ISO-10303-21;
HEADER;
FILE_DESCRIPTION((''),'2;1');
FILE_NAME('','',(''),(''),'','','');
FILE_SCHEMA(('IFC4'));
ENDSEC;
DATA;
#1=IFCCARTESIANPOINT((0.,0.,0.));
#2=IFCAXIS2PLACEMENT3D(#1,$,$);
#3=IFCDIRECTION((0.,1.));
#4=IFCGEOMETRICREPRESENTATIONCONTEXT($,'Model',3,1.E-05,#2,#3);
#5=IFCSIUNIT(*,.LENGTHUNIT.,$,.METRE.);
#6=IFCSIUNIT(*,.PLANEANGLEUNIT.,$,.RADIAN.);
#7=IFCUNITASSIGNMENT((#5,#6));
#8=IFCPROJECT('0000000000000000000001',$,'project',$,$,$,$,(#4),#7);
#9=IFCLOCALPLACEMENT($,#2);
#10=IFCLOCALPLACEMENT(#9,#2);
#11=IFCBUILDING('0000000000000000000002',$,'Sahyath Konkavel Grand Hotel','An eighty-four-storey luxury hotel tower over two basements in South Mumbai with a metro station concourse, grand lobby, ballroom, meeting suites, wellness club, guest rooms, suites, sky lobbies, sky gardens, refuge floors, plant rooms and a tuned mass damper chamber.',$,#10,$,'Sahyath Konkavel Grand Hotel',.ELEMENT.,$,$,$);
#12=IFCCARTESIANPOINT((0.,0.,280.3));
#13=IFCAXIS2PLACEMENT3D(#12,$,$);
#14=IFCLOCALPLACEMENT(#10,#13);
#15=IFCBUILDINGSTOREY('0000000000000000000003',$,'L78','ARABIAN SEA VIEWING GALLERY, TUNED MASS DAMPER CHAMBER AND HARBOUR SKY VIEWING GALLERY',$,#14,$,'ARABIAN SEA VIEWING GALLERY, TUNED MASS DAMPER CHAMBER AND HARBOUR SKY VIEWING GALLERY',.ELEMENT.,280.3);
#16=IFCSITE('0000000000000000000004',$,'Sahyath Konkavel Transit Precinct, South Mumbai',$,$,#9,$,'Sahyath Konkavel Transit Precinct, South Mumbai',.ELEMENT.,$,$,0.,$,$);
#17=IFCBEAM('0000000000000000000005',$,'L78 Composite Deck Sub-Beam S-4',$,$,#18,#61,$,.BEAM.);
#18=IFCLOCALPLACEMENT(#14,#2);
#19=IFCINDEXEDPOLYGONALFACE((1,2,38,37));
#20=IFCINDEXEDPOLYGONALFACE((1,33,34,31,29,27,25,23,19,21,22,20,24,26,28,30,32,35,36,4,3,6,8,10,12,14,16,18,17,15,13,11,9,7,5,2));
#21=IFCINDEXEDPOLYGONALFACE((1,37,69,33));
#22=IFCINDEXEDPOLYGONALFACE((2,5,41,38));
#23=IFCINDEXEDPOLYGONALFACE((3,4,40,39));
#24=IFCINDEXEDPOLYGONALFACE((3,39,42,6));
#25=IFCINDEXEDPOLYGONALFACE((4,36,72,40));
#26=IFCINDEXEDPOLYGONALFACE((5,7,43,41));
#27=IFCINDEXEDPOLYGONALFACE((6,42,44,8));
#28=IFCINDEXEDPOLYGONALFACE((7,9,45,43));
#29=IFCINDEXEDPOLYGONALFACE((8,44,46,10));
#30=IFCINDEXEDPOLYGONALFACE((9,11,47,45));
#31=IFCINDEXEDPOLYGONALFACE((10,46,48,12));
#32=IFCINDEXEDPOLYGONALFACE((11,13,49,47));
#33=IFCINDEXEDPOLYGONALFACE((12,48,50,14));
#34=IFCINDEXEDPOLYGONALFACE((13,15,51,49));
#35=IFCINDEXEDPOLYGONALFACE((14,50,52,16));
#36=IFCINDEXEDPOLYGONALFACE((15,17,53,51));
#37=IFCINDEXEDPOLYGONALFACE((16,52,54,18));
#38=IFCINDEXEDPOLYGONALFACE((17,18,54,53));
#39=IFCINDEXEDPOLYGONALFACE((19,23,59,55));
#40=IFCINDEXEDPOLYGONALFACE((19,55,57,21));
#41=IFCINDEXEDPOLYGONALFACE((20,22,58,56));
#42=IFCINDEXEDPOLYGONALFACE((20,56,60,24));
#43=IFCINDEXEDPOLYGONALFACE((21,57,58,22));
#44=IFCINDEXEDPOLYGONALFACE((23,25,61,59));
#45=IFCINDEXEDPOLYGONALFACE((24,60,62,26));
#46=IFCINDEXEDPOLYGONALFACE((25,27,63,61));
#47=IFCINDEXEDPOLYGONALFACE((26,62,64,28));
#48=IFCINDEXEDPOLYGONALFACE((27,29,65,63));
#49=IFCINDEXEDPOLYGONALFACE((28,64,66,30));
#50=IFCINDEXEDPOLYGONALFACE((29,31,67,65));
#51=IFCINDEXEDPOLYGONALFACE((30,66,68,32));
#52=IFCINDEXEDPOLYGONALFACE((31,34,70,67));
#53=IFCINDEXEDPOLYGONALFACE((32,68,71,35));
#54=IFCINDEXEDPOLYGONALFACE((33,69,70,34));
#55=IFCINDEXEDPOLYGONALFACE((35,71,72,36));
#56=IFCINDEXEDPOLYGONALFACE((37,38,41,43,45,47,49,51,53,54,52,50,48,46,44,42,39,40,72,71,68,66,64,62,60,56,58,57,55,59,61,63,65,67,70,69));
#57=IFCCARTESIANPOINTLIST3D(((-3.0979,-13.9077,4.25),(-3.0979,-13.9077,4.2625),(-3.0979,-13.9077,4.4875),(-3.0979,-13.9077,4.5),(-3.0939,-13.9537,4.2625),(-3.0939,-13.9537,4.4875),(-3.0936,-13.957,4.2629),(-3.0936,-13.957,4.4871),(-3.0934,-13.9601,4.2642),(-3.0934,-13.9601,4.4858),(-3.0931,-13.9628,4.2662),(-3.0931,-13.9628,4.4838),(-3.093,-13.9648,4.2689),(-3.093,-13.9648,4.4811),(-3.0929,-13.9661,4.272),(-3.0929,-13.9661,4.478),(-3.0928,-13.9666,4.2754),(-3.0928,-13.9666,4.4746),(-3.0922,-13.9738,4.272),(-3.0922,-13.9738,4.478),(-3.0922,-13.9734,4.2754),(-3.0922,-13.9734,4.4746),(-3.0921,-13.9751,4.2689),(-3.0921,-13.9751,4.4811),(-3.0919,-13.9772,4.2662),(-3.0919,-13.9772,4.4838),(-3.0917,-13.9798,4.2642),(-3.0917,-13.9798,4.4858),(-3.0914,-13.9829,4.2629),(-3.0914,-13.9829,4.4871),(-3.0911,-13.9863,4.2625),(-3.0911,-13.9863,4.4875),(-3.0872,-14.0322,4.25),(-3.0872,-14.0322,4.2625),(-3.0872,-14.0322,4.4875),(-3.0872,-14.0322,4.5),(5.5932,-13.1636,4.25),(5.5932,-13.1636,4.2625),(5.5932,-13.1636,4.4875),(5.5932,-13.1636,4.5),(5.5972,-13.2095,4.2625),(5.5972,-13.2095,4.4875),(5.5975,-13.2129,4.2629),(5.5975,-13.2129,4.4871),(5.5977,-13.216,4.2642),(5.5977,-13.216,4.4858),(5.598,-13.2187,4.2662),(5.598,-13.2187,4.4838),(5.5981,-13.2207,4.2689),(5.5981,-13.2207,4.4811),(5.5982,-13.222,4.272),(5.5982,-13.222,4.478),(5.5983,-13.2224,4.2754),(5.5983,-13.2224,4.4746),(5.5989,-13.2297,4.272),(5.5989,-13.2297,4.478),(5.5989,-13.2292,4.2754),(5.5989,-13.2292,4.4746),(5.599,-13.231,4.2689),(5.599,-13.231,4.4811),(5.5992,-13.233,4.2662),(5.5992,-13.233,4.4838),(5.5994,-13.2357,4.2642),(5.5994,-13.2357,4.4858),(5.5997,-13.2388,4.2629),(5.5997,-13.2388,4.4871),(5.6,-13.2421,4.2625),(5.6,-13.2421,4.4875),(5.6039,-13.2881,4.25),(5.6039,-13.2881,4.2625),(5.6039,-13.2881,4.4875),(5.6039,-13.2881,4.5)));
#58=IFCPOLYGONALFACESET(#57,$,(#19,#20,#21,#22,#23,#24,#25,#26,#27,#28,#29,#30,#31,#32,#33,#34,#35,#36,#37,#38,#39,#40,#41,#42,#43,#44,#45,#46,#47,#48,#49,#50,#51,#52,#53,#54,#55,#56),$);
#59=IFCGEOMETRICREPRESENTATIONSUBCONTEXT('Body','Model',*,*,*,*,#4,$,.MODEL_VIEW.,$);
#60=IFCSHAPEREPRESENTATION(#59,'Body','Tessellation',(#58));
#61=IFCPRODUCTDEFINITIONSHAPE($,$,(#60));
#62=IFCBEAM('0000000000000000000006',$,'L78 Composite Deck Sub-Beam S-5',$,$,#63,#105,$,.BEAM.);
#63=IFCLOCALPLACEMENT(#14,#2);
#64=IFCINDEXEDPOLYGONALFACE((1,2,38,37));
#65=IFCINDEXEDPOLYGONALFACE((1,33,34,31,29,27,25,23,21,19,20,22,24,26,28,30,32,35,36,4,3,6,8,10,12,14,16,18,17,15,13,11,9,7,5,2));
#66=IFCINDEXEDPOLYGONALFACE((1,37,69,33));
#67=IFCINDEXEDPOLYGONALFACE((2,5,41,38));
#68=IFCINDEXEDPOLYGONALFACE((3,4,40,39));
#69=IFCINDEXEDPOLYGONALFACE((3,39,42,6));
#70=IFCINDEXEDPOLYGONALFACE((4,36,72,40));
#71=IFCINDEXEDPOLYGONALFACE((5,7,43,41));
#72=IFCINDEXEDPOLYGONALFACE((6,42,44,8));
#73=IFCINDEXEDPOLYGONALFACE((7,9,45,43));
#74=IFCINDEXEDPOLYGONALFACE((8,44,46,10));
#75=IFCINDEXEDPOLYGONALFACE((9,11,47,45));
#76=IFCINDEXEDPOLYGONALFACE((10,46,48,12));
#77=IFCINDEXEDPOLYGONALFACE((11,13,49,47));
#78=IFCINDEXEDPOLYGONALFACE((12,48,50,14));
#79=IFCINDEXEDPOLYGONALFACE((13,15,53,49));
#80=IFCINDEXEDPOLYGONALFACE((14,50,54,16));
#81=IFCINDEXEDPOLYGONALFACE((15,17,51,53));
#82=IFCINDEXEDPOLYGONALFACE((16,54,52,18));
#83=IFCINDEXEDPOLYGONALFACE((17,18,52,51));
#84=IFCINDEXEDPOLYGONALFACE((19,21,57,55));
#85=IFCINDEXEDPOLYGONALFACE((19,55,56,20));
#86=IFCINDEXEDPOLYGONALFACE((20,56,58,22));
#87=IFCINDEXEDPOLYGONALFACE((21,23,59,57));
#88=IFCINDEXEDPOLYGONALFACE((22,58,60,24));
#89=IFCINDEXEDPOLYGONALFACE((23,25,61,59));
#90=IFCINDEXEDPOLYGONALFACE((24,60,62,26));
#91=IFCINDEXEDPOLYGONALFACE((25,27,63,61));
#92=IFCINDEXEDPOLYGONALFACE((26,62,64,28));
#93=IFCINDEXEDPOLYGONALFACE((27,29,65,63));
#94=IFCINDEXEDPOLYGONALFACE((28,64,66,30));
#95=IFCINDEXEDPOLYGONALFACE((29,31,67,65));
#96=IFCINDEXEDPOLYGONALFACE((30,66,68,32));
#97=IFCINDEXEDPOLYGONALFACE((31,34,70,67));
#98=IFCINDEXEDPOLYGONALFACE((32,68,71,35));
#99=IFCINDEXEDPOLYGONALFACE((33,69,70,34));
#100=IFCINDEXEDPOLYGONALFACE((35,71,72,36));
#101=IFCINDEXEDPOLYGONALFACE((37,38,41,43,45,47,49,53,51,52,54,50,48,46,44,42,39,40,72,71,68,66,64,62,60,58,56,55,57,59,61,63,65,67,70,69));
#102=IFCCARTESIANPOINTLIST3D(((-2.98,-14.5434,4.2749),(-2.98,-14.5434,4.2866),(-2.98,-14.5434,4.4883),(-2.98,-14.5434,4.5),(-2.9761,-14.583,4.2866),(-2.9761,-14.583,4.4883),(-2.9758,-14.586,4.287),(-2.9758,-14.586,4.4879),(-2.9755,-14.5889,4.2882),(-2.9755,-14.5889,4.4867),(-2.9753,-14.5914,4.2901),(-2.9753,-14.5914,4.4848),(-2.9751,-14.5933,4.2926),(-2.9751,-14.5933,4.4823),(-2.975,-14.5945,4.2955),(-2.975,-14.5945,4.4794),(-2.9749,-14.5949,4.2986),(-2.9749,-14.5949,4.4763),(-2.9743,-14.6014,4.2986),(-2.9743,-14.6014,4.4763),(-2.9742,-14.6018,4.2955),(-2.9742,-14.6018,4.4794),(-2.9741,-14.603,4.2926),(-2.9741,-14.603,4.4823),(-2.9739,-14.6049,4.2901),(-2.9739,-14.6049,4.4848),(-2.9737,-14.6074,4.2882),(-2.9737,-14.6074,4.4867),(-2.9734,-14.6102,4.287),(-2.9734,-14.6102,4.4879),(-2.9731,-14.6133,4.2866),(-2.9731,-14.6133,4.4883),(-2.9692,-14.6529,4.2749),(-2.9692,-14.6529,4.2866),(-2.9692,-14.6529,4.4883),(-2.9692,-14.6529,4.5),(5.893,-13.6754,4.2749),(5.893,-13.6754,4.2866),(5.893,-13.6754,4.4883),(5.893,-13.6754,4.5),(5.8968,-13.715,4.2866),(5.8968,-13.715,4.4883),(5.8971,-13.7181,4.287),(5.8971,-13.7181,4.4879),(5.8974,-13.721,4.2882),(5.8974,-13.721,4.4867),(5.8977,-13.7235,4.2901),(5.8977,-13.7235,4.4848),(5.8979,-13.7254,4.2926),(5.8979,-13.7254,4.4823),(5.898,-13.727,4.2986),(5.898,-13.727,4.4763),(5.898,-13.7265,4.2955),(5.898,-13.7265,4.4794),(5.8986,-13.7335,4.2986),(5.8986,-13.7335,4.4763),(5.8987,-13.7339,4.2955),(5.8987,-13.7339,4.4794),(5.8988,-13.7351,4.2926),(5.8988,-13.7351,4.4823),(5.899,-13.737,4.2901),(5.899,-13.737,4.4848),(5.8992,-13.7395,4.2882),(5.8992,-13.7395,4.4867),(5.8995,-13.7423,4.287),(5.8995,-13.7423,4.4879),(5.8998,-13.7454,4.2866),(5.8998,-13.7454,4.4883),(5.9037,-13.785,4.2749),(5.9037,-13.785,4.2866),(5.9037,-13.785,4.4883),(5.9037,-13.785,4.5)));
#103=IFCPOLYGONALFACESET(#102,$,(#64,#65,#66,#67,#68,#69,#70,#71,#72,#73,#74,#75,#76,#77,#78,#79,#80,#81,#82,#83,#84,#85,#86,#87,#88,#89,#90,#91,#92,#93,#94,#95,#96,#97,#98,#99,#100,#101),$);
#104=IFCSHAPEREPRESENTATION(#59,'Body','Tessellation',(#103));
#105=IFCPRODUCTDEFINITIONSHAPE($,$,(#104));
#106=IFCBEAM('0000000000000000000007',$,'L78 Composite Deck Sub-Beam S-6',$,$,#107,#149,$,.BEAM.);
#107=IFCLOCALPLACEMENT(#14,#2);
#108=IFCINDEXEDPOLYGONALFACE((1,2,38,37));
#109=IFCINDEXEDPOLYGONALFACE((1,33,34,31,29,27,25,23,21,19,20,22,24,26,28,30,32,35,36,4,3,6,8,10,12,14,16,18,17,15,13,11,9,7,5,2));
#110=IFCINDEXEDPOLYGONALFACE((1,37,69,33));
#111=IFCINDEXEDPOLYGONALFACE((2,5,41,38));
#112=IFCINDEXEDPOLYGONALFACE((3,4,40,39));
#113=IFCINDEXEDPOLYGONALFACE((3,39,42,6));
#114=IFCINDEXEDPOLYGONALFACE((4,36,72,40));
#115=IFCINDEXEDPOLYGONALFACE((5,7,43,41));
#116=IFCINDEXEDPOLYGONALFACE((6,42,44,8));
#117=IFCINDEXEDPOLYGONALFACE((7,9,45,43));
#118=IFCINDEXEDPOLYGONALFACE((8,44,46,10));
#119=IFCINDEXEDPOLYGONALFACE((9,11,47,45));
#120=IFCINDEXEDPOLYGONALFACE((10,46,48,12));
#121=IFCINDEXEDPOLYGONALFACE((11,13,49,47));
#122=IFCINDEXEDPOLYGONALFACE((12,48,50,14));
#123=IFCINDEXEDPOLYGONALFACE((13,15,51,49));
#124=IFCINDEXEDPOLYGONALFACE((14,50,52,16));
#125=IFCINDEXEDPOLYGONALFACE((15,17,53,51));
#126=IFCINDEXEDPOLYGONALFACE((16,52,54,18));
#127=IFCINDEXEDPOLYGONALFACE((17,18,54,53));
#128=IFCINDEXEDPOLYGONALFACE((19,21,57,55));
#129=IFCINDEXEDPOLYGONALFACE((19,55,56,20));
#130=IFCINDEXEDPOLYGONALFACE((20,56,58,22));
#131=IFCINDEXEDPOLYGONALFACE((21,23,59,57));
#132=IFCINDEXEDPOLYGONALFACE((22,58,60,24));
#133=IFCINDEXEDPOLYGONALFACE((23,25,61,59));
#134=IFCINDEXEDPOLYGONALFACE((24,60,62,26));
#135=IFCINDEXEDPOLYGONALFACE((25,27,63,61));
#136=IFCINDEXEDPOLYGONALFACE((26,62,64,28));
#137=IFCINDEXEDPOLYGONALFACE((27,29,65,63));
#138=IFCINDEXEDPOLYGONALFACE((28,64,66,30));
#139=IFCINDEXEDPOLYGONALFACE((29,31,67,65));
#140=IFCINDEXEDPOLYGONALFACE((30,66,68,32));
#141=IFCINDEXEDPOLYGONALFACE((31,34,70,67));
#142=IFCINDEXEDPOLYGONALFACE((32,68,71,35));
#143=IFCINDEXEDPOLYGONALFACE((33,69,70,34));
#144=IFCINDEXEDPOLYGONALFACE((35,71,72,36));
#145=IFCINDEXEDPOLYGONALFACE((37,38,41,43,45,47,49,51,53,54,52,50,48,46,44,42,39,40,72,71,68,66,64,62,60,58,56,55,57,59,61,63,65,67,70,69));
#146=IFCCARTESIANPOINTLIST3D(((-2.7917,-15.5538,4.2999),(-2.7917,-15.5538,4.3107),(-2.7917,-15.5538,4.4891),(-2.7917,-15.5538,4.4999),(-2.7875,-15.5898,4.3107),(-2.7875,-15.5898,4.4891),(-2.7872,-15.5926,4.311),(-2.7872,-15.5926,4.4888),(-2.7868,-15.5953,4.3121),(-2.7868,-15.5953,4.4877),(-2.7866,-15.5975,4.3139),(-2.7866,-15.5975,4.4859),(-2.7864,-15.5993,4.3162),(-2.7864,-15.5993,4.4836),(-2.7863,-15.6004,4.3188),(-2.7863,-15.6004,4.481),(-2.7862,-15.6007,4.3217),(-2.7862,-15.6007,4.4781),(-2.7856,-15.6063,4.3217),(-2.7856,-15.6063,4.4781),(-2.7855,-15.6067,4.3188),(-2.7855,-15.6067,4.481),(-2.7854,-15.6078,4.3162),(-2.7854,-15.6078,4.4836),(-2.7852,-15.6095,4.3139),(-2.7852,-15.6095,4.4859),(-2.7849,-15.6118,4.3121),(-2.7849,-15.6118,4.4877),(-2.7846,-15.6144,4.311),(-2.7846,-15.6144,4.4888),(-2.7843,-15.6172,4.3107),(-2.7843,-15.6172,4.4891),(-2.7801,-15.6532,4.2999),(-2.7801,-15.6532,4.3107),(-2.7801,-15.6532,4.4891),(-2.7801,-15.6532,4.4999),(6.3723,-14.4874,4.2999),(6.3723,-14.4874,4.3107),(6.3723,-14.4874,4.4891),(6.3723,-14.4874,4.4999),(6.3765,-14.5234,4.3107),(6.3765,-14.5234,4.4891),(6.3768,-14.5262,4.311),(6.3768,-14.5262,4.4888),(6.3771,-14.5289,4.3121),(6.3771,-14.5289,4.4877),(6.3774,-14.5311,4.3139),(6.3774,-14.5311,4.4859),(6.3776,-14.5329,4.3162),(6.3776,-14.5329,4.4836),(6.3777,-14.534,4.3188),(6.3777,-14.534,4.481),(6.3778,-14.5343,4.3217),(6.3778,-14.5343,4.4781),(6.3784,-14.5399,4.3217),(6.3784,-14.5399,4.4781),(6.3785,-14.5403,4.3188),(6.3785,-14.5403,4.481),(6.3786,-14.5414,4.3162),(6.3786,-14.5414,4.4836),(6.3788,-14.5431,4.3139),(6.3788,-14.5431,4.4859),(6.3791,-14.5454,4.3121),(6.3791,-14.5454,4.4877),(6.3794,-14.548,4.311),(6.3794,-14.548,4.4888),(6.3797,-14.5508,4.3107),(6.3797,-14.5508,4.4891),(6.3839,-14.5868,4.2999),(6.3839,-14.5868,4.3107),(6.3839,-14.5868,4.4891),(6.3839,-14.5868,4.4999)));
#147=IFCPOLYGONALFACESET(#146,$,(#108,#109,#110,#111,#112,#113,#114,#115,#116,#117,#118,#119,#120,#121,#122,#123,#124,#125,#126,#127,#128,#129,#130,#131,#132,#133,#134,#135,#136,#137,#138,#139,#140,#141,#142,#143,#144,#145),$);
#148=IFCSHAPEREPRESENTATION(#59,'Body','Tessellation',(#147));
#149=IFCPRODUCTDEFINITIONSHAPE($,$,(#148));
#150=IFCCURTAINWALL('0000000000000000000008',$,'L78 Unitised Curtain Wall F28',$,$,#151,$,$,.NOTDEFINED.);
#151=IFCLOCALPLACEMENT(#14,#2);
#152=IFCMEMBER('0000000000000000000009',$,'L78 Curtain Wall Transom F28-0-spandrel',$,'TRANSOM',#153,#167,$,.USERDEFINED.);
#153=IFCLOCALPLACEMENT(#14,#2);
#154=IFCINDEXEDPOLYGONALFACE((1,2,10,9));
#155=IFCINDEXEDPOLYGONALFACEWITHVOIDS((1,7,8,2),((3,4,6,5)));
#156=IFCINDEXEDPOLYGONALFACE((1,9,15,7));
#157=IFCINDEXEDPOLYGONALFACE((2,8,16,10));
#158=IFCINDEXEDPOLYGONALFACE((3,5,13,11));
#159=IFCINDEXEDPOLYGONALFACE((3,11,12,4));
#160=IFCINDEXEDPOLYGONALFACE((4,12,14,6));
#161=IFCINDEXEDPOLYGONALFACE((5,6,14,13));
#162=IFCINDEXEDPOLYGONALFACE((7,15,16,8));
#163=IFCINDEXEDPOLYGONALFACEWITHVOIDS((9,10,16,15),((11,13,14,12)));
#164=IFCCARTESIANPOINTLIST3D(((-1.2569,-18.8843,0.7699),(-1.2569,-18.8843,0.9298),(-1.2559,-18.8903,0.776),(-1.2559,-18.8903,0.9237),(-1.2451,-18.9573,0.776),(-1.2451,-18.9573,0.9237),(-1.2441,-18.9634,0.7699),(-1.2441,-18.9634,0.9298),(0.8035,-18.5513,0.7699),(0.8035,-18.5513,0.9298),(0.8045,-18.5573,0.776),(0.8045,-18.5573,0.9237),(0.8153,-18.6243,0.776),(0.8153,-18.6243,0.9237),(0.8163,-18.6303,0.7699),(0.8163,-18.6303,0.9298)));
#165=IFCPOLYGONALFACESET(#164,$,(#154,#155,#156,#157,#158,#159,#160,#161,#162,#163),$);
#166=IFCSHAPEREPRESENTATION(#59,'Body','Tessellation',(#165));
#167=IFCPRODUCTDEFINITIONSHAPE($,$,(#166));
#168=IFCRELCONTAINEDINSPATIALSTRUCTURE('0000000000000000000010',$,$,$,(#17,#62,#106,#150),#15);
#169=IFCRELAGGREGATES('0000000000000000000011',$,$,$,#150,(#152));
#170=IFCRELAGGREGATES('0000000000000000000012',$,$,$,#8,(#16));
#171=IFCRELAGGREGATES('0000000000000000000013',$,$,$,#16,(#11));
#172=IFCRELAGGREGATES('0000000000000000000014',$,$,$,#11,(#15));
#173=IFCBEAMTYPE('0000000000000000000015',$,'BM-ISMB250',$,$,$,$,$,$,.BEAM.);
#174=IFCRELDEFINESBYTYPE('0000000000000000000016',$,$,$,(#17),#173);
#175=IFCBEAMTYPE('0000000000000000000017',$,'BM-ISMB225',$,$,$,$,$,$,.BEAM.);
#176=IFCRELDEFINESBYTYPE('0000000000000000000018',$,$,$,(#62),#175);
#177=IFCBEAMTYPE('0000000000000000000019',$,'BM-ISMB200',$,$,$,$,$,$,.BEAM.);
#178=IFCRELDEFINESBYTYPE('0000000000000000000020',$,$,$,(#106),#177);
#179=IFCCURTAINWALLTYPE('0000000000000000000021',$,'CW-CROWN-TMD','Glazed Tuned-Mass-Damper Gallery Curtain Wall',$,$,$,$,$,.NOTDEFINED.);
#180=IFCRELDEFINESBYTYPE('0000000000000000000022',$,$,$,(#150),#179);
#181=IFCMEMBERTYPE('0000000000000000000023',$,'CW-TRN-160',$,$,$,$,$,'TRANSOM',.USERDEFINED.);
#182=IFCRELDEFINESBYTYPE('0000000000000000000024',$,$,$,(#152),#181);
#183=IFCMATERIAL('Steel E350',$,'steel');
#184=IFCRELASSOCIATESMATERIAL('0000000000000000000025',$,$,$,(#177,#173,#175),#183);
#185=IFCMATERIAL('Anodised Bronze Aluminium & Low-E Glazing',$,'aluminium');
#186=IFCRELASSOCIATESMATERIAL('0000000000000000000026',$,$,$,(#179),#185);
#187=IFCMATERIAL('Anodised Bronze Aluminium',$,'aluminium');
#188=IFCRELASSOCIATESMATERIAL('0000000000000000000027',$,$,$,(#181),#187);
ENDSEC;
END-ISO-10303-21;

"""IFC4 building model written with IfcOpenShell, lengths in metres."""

from ifc_helpers import new_model, si_unit, direction, frame, origin, origin_2d, place, context, subcontext, project, spatial, hollow_rectangle, i_section, extrude, source, transform, mapped, material, material_profile, profile_set, type_object, element, aggregate, save


model = new_model("IFC4")

# Units and contexts
model_context = context("Model", 3, precision=1e-05, world=origin(), true_north=direction((0.0, 1.0)))
body_context = subcontext(model_context, "Body", "Model", "MODEL_VIEW")
ifc_project = project(units=[si_unit("LENGTHUNIT", "METRE"), si_unit("PLANEANGLEUNIT", "RADIAN")], contexts=[model_context])

# Site, building, storey
site_placement = place(None, origin())
site = spatial("IfcSite", under=ifc_project, at=site_placement, Name="Sahyath Konkavel Transit Precinct, South Mumbai", LongName="Sahyath Konkavel Transit Precinct, South Mumbai", CompositionType="ELEMENT", RefElevation=0.0)
building_placement = place(site_placement, origin())
building = spatial("IfcBuilding", under=site, at=building_placement, Name="Sahyath Konkavel Grand Hotel", Description="An eighty-four-storey luxury hotel tower over two basements in South Mumbai with a metro station concourse, grand lobby, ballroom, meeting suites, wellness club, guest rooms, suites, sky lobbies, sky gardens, refuge floors, plant rooms and a tuned mass damper chamber.", LongName="Sahyath Konkavel Grand Hotel", CompositionType="ELEMENT")
storey_placement = place(building_placement, frame((0.0, 0.0, 280.3)))
storey = spatial("IfcBuildingStorey", under=building, at=storey_placement, Name="L78", Description="ARABIAN SEA VIEWING GALLERY, TUNED MASS DAMPER CHAMBER AND HARBOUR SKY VIEWING GALLERY", LongName="ARABIAN SEA VIEWING GALLERY, TUNED MASS DAMPER CHAMBER AND HARBOUR SKY VIEWING GALLERY", CompositionType="ELEMENT", Elevation=280.3)

# Beams
ifc_material_1 = material(Name="Steel E350", Category="steel")
ifc_material_profile_1 = material_profile(ifc_material_1, i_section(OverallWidth=0.1001, OverallDepth=0.2, WebThickness=0.0056, FlangeThickness=0.0107, FilletRadius=0.011, at=origin_2d()), Name="ISMB 200")
ifc_profile_set_1 = profile_set([ifc_material_profile_1], Name="Steel E350")
beam_type_1 = type_object("IfcBeamType", Name="BM-ISMB200", PredefinedType="BEAM", material=ifc_profile_set_1)
ifc_material_profile_2 = material_profile(ifc_material_1, i_section(OverallWidth=0.125, OverallDepth=0.25, WebThickness=0.0068, FlangeThickness=0.0125, FilletRadius=0.0129, at=origin_2d()), Name="ISMB 250")
ifc_profile_set_2 = profile_set([ifc_material_profile_2], Name="Steel E350")
beam_type_2 = type_object("IfcBeamType", Name="BM-ISMB250", PredefinedType="BEAM", material=ifc_profile_set_2)
shared_shape_1 = source(origin(), body_context, "Body", "SweptSolid", [
    extrude(i_section(OverallWidth=0.125, OverallDepth=0.25, WebThickness=0.0068, FlangeThickness=0.0125, FilletRadius=0.0129, at=origin_2d()), origin(), (0.0, 0.0, 1.0), 8.7229),
])
beam_1_placement = place(storey_placement, frame((-3.0925, -13.97, 4.375), z_axis=(0.996355, 0.085308, 0.0), x_axis=(-0.085308, 0.996355, 0.0)))
element("IfcBeam", 1, at=beam_1_placement, inside=storey, type_object=beam_type_2, Name="L78 Composite Deck Sub-Beam S-4", PredefinedType="BEAM", context=body_context, shape_type="MappedRepresentation", body=[
    mapped(shared_shape_1, transform((0.0, 0.0, 0.0), scale=1.0)),
])
ifc_material_profile_3 = material_profile(ifc_material_1, i_section(OverallWidth=0.1101, OverallDepth=0.2251, WebThickness=0.0066, FlangeThickness=0.0117, FilletRadius=0.012, at=origin_2d()), Name="ISMB 225")
ifc_profile_set_3 = profile_set([ifc_material_profile_3], Name="Steel E350")
beam_type_3 = type_object("IfcBeamType", Name="BM-ISMB225", PredefinedType="BEAM", material=ifc_profile_set_3)
shared_shape_2 = source(origin(), body_context, "Body", "SweptSolid", [
    extrude(i_section(OverallWidth=0.1101, OverallDepth=0.2251, WebThickness=0.0066, FlangeThickness=0.0117, FilletRadius=0.012, at=origin_2d()), origin(), (0.0, 0.0, 1.0), 8.9153),
])
beam_2_placement = place(storey_placement, frame((-2.9746, -14.5981, 4.3875), z_axis=(0.99525, 0.097351, 0.0), x_axis=(-0.097351, 0.99525, 0.0)))
element("IfcBeam", 2, at=beam_2_placement, inside=storey, type_object=beam_type_3, Name="L78 Composite Deck Sub-Beam S-5", PredefinedType="BEAM", context=body_context, shape_type="MappedRepresentation", body=[
    mapped(shared_shape_2, transform((0.0, 0.0, 0.0), scale=1.0)),
])
shared_shape_3 = source(origin(), body_context, "Body", "SweptSolid", [
    extrude(i_section(OverallWidth=0.1001, OverallDepth=0.2, WebThickness=0.0056, FlangeThickness=0.0107, FilletRadius=0.011, at=origin_2d()), origin(), (0.0, 0.0, 1.0), 9.2258),
])
beam_3_placement = place(storey_placement, frame((-2.7859, -15.6035, 4.3999), z_axis=(0.993297, 0.115588, 0.0), x_axis=(-0.115588, 0.993297, 0.0)))
element("IfcBeam", 3, at=beam_3_placement, inside=storey, type_object=beam_type_1, Name="L78 Composite Deck Sub-Beam S-6", PredefinedType="BEAM", context=body_context, shape_type="MappedRepresentation", body=[
    mapped(shared_shape_3, transform((0.0, 0.0, 0.0), scale=1.0)),
])

# Curtain wall, member
ifc_material_2 = material(Name="Anodised Bronze Aluminium & Low-E Glazing", Category="aluminium")
curtain_wall_type = type_object("IfcCurtainWallType", Name="CW-CROWN-TMD", Description="Glazed Tuned-Mass-Damper Gallery Curtain Wall", PredefinedType="NOTDEFINED", material=ifc_material_2)
curtain_wall_1_placement = place(storey_placement, origin())
curtain_wall_1 = element("IfcCurtainWall", 4, at=curtain_wall_1_placement, inside=storey, type_object=curtain_wall_type, Name="L78 Unitised Curtain Wall F28", PredefinedType="NOTDEFINED")
ifc_material_3 = material(Name="Anodised Bronze Aluminium", Category="aluminium")
ifc_material_profile_4 = material_profile(ifc_material_3, hollow_rectangle(XDim=0.0801, YDim=0.1599, WallThickness=0.0061, at=origin_2d()), Name="RHS 160x80x6")
ifc_profile_set_4 = profile_set([ifc_material_profile_4], Name="Anodised Bronze Aluminium")
member_type_1 = type_object("IfcMemberType", Name="CW-TRN-160", ElementType="TRANSOM", PredefinedType="USERDEFINED", material=ifc_profile_set_4)
shared_shape_4 = source(origin(), body_context, "Body", "SweptSolid", [
    extrude(hollow_rectangle(XDim=0.0801, YDim=0.1599, WallThickness=0.0061, at=origin_2d()), origin(), (0.0, 0.0, 1.0), 2.0872),
])
member_1_placement = place(storey_placement, frame((-1.2505, -18.9238, 0.8499), z_axis=(0.987188, 0.15956, 0.0), x_axis=(-0.15956, 0.987188, 0.0)))
member_1 = element("IfcMember", 5, at=member_1_placement, type_object=member_type_1, Name="L78 Curtain Wall Transom F28-0-spandrel", ObjectType="TRANSOM", PredefinedType="USERDEFINED", context=body_context, shape_type="MappedRepresentation", body=[
    mapped(shared_shape_4, transform((0.0, 0.0, 0.0), scale=1.0)),
])

aggregate(curtain_wall_1, [member_1])

save(model, "model.ifc")
